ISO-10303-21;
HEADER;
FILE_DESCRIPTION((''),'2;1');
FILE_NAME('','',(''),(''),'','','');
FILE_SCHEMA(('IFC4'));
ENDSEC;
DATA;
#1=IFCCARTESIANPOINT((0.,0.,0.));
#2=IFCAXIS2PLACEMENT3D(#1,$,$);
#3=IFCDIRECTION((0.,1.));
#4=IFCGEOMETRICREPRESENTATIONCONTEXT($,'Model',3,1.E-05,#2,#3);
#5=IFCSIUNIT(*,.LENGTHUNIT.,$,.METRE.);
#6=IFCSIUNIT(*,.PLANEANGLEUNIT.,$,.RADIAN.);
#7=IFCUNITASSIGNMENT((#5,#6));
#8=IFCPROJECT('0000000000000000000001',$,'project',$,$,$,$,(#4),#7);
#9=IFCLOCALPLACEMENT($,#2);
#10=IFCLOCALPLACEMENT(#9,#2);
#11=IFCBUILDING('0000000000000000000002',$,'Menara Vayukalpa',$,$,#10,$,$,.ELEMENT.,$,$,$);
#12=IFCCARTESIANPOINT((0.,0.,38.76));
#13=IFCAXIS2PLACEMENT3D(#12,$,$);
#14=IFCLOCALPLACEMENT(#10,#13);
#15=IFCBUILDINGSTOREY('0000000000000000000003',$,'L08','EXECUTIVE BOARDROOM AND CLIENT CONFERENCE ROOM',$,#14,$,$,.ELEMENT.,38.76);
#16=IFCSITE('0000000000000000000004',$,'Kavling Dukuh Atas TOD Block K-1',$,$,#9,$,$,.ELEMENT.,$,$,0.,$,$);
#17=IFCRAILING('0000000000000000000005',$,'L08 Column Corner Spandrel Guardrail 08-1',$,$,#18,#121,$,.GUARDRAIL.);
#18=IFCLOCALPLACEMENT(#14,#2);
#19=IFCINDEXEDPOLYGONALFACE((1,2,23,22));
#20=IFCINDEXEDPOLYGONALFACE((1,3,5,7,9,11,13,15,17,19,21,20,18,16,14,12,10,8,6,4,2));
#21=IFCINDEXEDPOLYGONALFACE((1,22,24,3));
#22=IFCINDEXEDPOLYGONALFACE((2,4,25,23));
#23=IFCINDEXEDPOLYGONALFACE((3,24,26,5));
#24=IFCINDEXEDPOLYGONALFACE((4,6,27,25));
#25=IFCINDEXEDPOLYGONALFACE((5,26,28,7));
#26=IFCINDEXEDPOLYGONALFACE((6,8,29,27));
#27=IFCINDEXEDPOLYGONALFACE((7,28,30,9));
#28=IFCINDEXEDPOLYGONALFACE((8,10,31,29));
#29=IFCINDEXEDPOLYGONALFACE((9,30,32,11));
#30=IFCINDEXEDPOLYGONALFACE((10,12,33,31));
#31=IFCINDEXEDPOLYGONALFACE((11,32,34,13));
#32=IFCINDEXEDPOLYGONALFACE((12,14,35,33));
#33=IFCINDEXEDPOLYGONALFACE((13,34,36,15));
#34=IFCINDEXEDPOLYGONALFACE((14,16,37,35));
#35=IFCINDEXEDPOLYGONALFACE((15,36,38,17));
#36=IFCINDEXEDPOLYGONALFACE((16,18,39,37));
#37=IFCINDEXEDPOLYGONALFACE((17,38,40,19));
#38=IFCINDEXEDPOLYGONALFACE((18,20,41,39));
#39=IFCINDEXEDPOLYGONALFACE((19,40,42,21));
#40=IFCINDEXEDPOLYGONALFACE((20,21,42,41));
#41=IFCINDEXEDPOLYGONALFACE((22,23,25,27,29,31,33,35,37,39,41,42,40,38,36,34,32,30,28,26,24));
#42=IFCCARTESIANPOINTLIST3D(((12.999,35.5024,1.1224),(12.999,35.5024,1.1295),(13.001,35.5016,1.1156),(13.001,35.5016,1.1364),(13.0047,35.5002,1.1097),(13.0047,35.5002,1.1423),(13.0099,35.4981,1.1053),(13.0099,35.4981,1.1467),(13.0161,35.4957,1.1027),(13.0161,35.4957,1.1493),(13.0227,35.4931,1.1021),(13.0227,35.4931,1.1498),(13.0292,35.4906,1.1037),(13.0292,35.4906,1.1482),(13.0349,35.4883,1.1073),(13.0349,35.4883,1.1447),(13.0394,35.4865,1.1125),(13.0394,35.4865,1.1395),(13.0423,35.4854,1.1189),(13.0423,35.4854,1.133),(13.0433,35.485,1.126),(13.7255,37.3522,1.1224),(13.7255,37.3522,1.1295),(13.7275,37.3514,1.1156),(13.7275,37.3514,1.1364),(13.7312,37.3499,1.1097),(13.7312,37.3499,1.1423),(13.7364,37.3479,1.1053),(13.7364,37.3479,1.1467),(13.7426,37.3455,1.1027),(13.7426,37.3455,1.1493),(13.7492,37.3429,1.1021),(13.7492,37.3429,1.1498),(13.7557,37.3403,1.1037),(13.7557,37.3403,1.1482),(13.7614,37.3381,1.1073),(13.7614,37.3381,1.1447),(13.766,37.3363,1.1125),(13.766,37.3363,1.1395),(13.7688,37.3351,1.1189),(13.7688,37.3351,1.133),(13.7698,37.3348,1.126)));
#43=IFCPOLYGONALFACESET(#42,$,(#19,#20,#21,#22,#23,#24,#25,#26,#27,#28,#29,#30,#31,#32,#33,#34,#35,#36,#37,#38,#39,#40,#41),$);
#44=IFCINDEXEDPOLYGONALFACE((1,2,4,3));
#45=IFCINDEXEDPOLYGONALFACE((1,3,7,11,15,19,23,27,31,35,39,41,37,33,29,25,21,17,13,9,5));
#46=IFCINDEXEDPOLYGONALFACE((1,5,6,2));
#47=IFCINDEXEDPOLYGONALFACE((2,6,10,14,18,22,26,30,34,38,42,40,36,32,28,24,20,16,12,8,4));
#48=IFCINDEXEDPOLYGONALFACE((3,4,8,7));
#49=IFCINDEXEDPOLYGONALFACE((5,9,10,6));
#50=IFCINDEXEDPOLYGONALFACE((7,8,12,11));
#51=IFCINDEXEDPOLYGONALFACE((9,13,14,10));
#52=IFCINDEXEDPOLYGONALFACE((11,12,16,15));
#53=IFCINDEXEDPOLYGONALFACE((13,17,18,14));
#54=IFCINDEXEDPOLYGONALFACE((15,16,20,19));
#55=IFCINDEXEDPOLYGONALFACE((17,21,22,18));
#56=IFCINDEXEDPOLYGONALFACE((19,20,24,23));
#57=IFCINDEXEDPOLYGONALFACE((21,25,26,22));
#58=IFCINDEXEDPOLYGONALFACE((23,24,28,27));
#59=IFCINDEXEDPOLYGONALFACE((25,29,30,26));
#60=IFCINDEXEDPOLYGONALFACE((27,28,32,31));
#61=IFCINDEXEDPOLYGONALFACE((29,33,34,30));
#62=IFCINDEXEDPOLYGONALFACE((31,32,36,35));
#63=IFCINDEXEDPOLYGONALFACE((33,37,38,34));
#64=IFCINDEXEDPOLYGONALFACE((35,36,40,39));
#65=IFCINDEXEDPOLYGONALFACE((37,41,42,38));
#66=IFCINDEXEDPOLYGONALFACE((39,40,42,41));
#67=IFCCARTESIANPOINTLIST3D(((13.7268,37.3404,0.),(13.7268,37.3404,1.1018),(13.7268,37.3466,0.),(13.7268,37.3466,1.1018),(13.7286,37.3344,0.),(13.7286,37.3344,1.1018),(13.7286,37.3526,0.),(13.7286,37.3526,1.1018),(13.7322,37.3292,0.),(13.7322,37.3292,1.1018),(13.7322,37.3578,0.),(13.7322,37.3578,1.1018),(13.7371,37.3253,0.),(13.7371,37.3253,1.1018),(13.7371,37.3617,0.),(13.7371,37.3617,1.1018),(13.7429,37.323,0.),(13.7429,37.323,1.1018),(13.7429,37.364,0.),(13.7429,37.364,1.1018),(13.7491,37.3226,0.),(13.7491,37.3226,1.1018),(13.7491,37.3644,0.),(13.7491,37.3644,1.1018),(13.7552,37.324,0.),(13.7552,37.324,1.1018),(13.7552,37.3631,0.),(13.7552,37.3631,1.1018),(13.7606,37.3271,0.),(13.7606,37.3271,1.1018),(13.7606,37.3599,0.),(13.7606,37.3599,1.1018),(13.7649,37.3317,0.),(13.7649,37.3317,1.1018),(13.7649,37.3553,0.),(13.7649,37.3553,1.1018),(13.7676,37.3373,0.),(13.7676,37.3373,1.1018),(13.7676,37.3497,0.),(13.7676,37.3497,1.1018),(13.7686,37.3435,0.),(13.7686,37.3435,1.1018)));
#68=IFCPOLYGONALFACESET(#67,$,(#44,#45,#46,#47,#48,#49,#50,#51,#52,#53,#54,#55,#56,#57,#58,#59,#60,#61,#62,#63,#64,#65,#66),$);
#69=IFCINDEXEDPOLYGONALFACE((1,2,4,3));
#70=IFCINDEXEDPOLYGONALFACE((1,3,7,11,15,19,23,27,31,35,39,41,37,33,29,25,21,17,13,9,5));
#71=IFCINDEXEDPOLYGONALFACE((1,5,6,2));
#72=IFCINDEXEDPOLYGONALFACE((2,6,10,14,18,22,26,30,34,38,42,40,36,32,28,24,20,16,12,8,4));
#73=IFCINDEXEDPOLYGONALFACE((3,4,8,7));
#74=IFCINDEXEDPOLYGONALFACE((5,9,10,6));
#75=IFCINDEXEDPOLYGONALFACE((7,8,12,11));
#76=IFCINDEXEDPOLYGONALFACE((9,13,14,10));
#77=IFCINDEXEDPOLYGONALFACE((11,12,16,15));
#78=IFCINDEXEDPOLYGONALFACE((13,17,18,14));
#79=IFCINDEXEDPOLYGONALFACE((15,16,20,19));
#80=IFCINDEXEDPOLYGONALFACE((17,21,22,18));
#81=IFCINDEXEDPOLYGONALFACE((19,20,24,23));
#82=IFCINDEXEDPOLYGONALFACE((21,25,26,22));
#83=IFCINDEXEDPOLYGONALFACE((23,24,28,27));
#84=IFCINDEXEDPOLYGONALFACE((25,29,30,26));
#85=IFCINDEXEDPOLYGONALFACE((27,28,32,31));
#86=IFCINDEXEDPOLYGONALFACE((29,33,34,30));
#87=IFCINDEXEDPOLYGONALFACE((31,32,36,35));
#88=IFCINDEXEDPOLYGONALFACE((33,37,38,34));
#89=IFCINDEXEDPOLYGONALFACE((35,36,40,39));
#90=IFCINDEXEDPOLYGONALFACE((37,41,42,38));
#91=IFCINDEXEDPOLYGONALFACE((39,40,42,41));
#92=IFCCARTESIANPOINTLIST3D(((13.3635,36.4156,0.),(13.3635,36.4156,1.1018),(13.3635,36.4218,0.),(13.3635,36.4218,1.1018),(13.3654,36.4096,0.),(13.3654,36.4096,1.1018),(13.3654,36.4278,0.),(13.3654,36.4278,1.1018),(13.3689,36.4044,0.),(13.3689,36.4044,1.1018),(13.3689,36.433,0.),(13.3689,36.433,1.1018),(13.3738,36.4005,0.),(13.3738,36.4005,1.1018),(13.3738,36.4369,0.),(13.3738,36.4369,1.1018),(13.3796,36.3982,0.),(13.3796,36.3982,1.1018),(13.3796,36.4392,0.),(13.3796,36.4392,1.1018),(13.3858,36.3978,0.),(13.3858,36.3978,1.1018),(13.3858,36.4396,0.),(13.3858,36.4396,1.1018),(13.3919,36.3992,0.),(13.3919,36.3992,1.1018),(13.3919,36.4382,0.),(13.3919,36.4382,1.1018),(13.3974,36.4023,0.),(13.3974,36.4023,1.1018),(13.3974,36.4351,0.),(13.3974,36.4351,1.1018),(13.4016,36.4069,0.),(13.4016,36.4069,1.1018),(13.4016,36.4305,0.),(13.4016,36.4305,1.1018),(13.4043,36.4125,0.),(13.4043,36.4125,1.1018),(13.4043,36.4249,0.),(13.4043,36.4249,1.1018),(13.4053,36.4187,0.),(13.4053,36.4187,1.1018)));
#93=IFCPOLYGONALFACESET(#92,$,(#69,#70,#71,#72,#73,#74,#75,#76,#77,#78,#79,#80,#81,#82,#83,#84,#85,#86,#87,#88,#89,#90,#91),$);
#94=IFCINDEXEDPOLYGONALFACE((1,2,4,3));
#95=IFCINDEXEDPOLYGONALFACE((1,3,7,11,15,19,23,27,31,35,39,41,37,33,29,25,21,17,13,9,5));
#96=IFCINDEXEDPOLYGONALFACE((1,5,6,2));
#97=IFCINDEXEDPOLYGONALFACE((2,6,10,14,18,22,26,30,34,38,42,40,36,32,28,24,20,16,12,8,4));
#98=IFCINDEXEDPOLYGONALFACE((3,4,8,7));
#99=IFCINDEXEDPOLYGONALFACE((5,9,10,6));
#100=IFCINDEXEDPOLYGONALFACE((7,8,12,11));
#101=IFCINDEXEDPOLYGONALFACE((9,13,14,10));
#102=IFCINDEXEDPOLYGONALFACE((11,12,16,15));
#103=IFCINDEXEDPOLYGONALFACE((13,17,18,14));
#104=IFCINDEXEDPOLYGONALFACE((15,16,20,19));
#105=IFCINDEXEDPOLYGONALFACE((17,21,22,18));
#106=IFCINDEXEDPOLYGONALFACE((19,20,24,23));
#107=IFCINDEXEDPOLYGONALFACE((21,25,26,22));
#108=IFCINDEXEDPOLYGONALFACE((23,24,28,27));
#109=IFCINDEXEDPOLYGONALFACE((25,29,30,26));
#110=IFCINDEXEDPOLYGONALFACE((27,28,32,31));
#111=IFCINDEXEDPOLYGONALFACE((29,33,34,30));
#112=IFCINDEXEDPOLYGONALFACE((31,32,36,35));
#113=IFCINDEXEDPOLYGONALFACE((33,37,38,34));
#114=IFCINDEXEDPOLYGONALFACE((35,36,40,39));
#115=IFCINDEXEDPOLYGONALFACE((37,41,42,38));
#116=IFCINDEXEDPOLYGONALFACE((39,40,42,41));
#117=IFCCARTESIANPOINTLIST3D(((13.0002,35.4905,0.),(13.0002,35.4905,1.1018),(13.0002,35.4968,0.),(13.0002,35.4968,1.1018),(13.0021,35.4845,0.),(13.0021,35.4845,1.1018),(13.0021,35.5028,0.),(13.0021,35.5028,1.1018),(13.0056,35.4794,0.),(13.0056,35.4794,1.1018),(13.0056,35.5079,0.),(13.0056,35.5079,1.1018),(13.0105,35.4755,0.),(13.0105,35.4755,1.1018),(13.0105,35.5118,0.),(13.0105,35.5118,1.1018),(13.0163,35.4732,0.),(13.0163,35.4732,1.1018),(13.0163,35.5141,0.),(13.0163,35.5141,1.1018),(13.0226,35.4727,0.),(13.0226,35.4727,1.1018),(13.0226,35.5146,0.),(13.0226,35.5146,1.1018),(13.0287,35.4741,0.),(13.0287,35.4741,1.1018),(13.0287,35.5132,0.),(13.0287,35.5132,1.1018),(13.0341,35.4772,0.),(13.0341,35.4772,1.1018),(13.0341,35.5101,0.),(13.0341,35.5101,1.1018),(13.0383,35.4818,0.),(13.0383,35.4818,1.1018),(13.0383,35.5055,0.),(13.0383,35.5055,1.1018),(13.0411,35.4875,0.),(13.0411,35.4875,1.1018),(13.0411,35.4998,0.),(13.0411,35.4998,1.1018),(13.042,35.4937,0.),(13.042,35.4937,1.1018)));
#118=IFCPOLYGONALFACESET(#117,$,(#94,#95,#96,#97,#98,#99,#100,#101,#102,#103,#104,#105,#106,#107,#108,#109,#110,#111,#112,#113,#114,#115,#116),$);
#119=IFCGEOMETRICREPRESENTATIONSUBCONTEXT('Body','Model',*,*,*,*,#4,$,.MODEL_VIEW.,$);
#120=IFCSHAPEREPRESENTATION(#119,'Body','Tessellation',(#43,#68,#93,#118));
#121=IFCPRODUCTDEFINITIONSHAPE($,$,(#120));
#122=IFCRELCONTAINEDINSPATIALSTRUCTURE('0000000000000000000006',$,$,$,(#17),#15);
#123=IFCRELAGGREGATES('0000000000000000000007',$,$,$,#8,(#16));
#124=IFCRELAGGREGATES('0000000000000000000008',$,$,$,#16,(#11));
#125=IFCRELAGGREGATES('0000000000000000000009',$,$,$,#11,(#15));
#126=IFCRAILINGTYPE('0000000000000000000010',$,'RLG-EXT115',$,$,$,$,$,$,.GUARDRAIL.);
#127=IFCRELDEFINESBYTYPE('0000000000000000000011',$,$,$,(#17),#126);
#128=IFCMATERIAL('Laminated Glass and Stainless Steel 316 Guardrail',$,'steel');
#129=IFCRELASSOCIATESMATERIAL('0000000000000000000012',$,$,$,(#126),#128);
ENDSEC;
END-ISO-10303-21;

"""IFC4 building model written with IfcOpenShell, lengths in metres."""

from ifc_helpers import new_model, si_unit, direction, frame, origin, origin_2d, place, context, subcontext, project, spatial, circle, extrude, material, type_object, element, save


model = new_model("IFC4")

# Units and contexts
model_context = context("Model", 3, precision=1e-05, world=origin(), true_north=direction((0.0, 1.0)))
body_context = subcontext(model_context, "Body", "Model", "MODEL_VIEW")
ifc_project = project(units=[si_unit("LENGTHUNIT", "METRE"), si_unit("PLANEANGLEUNIT", "RADIAN")], contexts=[model_context])

# Site, building, storey
site_placement = place(None, origin())
site = spatial("IfcSite", under=ifc_project, at=site_placement, Name="Kavling Dukuh Atas TOD Block K-1", CompositionType="ELEMENT", RefElevation=0.0)
building_placement = place(site_placement, origin())
building = spatial("IfcBuilding", under=site, at=building_placement, Name="Menara Vayukalpa", CompositionType="ELEMENT")
storey_placement = place(building_placement, frame((0.0, 0.0, 38.76)))
storey = spatial("IfcBuildingStorey", under=building, at=storey_placement, Name="L08", Description="EXECUTIVE BOARDROOM AND CLIENT CONFERENCE ROOM", CompositionType="ELEMENT", Elevation=38.76)

# Railing
ifc_material_1 = material(Name="Laminated Glass and Stainless Steel 316 Guardrail", Category="steel")
railing_type = type_object("IfcRailingType", Name="RLG-EXT115", PredefinedType="GUARDRAIL", material=ifc_material_1)
railing_1_placement = place(storey_placement, frame((13.7476, 37.3435, 0.0)))
element("IfcRailing", 1, at=railing_1_placement, inside=storey, type_object=railing_type, Name="L08 Column Corner Spandrel Guardrail 08-1", PredefinedType="GUARDRAIL", context=body_context, shape_type="SweptSolid", body=[
    extrude(circle(Radius=0.0239, at=origin_2d()), frame((0.0, 0.0, 1.126), z_axis=(-0.36558, -0.93078, 0.0), x_axis=(0.93078, -0.36558, 0.0)), (0.0, 0.0, 1.0), 1.9873),
    extrude(circle(Radius=0.021, at=origin_2d()), origin(), (0.0, 0.0, 1.0), 1.1018),
    extrude(circle(Radius=0.021, at=origin_2d()), frame((-0.3633, -0.9248, 0.0)), (0.0, 0.0, 1.0), 1.1018),
    extrude(circle(Radius=0.021, at=origin_2d()), frame((-0.7266, -1.8499, 0.0)), (0.0, 0.0, 1.0), 1.1018),
])

save(model, "model.ifc")
